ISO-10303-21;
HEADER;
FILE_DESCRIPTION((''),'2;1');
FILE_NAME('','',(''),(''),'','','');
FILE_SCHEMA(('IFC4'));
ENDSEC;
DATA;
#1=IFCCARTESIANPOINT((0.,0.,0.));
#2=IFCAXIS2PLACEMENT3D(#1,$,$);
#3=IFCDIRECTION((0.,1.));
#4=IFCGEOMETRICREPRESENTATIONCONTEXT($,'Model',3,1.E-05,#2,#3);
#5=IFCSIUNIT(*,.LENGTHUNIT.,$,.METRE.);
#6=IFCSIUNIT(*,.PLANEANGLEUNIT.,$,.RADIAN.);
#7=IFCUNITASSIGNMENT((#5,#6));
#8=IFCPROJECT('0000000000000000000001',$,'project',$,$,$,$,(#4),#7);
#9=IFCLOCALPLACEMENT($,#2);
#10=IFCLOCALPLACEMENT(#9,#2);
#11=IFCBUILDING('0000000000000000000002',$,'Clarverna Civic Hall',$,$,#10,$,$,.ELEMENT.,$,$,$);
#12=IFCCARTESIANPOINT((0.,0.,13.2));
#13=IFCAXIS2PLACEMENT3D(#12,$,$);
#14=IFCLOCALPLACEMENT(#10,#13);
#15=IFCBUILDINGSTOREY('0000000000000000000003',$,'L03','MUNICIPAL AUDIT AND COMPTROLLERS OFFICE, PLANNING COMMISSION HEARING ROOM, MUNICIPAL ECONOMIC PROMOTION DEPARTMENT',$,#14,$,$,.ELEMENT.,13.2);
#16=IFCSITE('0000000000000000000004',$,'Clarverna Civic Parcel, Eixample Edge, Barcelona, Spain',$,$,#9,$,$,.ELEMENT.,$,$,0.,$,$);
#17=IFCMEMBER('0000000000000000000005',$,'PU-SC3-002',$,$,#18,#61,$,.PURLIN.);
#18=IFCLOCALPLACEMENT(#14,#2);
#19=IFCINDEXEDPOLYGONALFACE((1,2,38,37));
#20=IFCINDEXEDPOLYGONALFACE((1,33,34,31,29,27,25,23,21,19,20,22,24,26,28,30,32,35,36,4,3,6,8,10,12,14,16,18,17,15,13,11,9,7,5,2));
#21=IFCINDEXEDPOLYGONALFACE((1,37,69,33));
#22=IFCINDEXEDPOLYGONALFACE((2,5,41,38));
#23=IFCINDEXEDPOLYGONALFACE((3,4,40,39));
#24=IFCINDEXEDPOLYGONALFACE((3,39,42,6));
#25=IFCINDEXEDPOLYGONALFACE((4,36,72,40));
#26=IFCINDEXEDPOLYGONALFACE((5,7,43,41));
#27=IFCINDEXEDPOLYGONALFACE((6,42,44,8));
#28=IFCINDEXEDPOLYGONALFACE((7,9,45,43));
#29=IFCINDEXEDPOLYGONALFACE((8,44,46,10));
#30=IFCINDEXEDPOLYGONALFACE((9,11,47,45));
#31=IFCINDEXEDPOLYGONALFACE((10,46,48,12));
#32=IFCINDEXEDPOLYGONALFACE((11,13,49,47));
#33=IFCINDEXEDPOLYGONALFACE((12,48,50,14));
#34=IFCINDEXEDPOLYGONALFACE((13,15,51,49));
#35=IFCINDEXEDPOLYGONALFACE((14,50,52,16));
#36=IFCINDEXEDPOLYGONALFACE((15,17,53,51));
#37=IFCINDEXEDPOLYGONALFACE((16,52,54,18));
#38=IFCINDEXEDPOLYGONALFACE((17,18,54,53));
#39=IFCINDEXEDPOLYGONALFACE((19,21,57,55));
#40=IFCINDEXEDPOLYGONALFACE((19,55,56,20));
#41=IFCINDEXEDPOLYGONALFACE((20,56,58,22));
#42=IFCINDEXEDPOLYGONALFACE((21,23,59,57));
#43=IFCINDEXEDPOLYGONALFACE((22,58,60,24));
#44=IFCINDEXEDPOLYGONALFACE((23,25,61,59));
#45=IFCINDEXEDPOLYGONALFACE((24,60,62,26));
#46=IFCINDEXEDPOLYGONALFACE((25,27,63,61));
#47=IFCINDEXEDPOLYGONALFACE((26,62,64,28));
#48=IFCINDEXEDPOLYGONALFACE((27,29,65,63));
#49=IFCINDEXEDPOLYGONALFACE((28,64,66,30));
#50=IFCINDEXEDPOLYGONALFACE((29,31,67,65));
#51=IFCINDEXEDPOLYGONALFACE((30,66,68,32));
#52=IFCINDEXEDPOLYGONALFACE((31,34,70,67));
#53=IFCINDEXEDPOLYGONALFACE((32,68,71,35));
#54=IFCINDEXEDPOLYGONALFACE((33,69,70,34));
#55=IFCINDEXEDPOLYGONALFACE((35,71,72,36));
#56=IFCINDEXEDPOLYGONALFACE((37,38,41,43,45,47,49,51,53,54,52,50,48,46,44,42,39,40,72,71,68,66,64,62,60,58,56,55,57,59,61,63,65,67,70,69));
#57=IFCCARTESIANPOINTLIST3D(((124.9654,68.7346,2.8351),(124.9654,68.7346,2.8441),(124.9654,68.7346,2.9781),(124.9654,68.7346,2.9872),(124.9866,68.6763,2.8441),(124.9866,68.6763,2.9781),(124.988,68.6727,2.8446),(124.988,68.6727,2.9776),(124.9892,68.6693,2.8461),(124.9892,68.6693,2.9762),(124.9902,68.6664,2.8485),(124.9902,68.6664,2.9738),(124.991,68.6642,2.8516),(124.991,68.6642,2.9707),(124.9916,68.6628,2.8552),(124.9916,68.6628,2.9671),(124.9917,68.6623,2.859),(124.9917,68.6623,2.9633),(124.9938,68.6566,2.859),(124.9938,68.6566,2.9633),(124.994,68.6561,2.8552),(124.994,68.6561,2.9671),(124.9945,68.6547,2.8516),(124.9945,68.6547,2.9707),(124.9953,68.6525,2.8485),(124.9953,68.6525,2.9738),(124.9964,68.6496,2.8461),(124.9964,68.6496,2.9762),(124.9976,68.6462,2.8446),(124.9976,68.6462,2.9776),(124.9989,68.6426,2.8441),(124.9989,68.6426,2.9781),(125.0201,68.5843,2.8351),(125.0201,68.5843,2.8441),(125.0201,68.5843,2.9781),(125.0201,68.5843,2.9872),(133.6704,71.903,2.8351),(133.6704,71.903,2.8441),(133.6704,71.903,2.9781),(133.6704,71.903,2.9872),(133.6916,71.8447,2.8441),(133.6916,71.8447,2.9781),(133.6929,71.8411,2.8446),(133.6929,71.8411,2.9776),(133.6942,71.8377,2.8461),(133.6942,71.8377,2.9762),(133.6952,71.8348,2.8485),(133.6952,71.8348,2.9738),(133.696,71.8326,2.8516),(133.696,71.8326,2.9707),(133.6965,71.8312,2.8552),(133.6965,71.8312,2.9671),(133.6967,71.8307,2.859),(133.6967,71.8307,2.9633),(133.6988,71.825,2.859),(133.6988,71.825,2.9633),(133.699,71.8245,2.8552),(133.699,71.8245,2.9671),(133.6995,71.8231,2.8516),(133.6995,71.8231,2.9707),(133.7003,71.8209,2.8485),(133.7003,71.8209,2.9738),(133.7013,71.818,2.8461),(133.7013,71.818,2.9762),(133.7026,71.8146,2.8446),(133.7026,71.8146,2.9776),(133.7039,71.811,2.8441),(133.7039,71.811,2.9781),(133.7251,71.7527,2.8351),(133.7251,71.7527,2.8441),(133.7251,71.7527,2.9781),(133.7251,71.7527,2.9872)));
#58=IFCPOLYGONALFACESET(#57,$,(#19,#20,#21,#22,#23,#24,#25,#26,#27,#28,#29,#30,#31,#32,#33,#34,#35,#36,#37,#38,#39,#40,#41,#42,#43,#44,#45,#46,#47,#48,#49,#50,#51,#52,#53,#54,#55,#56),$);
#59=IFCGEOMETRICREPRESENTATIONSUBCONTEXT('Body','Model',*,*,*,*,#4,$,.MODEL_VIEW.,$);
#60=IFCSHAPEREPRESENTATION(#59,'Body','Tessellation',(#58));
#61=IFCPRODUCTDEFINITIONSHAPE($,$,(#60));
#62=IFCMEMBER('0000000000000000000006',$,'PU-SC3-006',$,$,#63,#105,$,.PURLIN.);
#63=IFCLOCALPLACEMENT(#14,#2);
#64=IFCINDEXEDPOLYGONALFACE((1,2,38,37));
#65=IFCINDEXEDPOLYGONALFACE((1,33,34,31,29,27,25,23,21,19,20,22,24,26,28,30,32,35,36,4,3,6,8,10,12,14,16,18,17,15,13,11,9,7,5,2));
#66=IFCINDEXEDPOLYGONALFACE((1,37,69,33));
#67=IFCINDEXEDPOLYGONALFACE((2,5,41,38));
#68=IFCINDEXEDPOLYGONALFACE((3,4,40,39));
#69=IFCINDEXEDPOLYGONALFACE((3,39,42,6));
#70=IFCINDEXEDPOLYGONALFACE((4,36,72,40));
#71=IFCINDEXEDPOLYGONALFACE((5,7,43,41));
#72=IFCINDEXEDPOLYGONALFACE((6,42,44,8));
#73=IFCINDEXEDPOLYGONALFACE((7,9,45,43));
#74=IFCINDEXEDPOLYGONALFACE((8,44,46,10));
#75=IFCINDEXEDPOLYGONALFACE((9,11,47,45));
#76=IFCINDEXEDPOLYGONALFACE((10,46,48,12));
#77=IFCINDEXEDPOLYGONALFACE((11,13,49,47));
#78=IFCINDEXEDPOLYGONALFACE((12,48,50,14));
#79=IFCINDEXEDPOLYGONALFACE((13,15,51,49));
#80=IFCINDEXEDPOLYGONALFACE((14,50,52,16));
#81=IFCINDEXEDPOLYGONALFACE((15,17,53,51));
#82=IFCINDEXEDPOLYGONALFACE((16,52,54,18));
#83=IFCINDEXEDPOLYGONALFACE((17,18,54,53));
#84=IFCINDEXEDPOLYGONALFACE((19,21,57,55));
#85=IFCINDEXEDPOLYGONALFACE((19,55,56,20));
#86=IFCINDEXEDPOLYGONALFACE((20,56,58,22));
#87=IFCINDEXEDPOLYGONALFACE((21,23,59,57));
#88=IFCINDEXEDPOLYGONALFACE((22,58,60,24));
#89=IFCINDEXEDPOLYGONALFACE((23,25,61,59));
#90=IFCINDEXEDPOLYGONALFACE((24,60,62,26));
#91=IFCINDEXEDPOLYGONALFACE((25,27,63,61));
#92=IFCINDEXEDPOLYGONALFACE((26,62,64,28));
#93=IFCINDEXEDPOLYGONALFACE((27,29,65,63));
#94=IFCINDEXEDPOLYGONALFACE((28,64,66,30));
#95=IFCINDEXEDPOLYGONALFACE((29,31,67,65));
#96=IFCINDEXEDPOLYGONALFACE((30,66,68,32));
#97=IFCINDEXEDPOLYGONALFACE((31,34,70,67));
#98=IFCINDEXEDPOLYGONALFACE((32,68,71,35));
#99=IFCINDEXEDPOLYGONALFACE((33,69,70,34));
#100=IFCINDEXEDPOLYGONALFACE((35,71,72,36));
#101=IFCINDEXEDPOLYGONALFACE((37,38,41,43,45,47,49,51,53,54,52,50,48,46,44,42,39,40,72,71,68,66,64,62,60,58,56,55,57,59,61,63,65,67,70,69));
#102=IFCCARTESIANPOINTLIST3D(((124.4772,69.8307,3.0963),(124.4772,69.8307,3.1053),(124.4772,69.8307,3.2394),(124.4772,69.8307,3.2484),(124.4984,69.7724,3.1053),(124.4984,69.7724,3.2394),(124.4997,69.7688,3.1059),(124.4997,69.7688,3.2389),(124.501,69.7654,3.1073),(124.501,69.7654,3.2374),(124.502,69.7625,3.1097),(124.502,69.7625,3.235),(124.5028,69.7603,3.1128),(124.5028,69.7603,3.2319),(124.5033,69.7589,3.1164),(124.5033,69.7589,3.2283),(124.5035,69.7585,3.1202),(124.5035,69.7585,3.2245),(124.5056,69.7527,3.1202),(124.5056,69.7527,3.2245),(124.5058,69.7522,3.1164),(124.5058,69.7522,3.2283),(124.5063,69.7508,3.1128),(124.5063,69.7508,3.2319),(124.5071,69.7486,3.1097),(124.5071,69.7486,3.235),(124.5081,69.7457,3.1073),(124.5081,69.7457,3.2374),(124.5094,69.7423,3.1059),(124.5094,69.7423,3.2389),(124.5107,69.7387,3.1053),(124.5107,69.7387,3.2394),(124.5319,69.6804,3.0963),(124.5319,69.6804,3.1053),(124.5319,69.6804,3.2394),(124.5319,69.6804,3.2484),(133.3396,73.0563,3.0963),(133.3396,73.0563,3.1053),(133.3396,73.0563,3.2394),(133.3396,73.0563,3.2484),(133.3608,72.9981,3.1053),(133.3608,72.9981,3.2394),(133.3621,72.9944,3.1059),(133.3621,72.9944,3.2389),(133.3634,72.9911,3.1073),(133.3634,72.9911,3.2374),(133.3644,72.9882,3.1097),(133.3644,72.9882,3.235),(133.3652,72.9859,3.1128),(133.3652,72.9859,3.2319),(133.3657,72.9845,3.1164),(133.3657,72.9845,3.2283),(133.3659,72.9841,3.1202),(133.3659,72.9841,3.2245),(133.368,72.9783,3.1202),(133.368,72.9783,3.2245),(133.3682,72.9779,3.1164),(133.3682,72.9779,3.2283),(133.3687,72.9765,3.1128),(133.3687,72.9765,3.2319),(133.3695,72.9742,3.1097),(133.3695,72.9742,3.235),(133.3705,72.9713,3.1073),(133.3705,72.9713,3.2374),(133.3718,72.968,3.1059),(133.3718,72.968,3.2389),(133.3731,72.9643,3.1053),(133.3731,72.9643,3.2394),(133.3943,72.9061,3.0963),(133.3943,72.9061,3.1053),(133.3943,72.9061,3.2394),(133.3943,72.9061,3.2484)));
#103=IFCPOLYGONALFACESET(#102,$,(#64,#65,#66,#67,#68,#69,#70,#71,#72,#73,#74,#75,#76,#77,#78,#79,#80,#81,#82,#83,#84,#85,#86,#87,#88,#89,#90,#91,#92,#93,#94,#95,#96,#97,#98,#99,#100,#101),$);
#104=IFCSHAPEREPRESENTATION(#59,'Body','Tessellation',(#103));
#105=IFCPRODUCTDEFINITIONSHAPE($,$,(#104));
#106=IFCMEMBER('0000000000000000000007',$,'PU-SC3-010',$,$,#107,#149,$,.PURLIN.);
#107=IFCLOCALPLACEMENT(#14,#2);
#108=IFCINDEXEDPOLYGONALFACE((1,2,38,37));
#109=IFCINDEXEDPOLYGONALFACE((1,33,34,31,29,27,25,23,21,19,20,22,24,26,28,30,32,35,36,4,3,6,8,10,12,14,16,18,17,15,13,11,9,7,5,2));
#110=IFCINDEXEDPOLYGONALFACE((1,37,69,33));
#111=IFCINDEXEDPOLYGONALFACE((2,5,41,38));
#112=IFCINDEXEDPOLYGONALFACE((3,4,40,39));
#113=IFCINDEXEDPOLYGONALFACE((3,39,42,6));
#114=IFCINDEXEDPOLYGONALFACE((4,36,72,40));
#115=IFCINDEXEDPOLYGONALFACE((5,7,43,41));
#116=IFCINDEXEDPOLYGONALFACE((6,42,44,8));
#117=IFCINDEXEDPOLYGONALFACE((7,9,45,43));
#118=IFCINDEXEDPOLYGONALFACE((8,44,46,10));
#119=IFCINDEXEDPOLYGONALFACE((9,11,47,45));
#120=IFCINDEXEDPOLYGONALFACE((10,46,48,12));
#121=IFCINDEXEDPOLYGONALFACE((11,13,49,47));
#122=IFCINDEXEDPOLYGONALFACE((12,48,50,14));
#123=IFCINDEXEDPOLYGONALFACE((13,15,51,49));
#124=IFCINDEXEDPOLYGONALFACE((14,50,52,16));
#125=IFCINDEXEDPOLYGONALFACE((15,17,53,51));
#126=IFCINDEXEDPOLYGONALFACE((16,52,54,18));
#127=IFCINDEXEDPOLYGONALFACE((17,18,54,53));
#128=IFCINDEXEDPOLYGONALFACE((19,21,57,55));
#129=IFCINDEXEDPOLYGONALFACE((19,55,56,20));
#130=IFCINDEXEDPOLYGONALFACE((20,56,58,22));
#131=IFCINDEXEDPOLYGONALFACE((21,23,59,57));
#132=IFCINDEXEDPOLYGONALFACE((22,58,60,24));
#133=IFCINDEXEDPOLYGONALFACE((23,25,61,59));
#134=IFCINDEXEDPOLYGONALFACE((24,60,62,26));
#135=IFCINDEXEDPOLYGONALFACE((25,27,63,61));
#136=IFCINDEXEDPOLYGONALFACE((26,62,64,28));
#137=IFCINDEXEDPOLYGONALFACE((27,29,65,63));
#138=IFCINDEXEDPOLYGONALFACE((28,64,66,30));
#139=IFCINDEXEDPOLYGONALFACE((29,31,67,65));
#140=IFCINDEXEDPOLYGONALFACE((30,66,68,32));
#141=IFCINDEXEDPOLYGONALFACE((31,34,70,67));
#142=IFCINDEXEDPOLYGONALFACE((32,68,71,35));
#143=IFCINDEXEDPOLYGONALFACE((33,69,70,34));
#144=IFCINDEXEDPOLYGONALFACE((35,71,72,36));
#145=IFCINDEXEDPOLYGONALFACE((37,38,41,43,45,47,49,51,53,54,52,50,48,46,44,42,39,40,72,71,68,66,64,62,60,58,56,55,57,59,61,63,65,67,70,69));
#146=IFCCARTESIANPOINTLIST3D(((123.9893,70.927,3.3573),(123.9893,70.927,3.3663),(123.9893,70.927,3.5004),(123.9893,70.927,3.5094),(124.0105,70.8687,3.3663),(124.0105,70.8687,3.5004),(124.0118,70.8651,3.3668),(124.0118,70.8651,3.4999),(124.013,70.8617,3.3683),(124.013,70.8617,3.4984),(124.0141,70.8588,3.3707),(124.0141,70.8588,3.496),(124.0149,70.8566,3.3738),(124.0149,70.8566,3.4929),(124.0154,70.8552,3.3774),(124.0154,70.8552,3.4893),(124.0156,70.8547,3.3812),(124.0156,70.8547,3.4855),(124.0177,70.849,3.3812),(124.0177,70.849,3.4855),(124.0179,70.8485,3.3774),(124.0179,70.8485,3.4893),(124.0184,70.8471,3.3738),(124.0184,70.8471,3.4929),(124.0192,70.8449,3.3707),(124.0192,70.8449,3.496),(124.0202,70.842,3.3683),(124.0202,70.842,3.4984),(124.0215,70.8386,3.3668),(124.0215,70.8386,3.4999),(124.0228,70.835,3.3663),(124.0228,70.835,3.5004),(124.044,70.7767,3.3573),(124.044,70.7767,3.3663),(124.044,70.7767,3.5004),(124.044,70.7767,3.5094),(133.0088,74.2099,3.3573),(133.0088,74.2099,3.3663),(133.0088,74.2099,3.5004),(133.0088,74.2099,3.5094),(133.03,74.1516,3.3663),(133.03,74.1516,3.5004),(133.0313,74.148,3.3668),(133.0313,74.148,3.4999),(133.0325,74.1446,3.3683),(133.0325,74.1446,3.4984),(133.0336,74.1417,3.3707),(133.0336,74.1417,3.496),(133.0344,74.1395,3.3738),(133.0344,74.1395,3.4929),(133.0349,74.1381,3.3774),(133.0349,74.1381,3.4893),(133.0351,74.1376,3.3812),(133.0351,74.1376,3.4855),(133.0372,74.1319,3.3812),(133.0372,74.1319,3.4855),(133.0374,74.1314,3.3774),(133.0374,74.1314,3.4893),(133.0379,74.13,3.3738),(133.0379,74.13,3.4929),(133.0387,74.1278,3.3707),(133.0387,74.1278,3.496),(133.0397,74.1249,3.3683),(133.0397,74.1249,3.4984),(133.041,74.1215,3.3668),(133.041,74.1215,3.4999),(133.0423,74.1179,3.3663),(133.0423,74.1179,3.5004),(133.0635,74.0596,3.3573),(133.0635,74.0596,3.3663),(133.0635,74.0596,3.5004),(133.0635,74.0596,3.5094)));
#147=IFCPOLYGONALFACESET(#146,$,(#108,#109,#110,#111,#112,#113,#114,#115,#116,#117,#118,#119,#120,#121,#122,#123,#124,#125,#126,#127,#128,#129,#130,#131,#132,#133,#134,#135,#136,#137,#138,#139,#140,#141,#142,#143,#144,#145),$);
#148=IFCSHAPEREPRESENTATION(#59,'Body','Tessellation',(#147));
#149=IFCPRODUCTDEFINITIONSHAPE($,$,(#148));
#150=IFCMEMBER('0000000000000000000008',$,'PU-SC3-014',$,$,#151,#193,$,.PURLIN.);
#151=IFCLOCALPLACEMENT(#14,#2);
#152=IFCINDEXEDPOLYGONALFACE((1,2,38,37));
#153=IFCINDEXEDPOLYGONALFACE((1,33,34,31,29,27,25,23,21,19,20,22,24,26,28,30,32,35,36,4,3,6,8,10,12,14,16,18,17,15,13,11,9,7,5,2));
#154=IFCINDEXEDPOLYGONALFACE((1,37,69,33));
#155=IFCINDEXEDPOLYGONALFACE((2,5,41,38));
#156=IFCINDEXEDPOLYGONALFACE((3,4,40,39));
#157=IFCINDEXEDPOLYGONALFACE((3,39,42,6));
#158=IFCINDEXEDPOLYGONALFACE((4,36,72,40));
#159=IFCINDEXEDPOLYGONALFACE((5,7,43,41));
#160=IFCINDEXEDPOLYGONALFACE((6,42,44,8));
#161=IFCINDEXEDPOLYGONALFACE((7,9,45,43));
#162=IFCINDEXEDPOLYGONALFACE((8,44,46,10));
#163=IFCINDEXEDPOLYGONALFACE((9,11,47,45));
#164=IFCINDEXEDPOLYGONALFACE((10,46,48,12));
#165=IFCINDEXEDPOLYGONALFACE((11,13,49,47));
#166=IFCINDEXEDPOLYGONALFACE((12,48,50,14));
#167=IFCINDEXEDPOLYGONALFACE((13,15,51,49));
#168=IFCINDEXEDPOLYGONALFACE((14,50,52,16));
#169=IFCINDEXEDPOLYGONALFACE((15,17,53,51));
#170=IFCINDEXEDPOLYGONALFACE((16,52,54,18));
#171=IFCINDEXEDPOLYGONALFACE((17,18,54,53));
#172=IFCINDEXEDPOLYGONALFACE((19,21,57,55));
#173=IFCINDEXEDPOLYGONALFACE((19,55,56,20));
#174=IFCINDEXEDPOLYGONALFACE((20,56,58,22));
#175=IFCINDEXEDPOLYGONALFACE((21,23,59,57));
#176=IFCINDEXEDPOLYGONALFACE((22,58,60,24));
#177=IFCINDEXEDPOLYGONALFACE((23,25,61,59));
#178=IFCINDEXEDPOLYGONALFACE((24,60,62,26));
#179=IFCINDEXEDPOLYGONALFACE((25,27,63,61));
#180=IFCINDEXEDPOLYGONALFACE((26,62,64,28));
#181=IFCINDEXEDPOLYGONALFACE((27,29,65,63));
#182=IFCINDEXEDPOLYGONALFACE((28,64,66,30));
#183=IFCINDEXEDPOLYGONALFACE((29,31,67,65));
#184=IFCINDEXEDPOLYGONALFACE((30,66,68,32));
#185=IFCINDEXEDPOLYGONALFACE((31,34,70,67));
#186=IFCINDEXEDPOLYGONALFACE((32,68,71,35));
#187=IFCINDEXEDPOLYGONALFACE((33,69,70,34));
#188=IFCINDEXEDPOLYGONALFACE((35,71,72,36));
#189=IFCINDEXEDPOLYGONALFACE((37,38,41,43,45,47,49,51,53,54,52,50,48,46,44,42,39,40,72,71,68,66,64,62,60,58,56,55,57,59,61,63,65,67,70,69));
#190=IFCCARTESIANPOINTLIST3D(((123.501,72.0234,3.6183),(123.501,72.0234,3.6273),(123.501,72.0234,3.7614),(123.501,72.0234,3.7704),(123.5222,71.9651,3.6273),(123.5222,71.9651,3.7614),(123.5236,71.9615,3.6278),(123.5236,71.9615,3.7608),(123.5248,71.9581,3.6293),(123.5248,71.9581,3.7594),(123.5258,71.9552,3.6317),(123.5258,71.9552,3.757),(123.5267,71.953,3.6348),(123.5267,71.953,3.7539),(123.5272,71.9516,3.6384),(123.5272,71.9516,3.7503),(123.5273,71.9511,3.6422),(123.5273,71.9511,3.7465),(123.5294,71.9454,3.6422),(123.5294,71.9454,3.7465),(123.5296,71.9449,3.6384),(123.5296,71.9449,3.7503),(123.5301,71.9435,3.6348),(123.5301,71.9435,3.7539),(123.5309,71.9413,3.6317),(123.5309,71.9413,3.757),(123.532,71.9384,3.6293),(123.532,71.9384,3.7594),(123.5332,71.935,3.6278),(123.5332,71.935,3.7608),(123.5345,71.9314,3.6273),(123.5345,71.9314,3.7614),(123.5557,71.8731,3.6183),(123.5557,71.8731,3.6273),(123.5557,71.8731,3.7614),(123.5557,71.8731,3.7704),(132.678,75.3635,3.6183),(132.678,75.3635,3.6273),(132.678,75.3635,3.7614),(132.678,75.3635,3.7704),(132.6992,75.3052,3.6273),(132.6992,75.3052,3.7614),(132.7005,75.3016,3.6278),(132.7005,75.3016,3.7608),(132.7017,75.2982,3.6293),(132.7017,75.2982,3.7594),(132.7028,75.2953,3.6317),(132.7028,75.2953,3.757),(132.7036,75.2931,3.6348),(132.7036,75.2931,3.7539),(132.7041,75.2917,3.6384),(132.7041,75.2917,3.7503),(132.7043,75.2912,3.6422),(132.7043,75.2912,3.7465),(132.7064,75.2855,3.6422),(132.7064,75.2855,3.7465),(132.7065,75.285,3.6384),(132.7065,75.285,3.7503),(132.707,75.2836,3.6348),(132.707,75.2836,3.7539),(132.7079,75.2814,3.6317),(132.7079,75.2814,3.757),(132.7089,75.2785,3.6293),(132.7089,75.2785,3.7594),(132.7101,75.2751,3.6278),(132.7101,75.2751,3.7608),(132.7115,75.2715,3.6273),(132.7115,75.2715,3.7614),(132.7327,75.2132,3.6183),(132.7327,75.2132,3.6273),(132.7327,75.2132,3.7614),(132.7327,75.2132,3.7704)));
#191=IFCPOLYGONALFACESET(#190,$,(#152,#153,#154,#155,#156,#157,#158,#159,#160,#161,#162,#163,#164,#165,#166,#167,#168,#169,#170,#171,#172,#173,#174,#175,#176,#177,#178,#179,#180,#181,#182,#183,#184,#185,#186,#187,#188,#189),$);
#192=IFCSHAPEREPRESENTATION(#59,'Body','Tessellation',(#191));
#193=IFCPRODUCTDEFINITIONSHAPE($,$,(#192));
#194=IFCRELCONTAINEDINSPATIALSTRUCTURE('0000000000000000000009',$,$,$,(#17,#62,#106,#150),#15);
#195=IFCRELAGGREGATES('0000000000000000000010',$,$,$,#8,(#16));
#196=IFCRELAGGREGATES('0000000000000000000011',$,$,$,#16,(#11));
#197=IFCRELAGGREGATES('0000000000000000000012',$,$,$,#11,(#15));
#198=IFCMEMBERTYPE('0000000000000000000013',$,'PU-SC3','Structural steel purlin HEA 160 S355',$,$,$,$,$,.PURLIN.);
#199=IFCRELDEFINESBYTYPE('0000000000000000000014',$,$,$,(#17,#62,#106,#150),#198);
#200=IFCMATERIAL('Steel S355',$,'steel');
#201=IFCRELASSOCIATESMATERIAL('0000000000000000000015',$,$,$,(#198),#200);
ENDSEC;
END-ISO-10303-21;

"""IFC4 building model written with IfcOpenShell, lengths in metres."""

from ifc_helpers import new_model, si_unit, direction, frame, origin, origin_2d, place, context, subcontext, project, spatial, i_section, extrude, material, material_profile, profile_set, type_object, element, save


model = new_model("IFC4")

# Units and contexts
model_context = context("Model", 3, precision=1e-05, world=origin(), true_north=direction((0.0, 1.0)))
body_context = subcontext(model_context, "Body", "Model", "MODEL_VIEW")
ifc_project = project(units=[si_unit("LENGTHUNIT", "METRE"), si_unit("PLANEANGLEUNIT", "RADIAN")], contexts=[model_context])

# Site, building, storey
site_placement = place(None, origin())
site = spatial("IfcSite", under=ifc_project, at=site_placement, Name="Clarverna Civic Parcel, Eixample Edge, Barcelona, Spain", CompositionType="ELEMENT", RefElevation=0.0)
building_placement = place(site_placement, origin())
building = spatial("IfcBuilding", under=site, at=building_placement, Name="Clarverna Civic Hall", CompositionType="ELEMENT")
storey_placement = place(building_placement, frame((0.0, 0.0, 13.2)))
storey = spatial("IfcBuildingStorey", under=building, at=storey_placement, Name="L03", Description="MUNICIPAL AUDIT AND COMPTROLLERS OFFICE, PLANNING COMMISSION HEARING ROOM, MUNICIPAL ECONOMIC PROMOTION DEPARTMENT", CompositionType="ELEMENT", Elevation=13.2)

# Shared definitions
ifc_material_1 = material(Name="Steel S355", Category="steel")

# Members
ifc_material_profile_1 = material_profile(ifc_material_1, i_section(OverallWidth=0.1599, OverallDepth=0.1521, WebThickness=0.0061, FlangeThickness=0.009, FilletRadius=0.0149, at=origin_2d()), Name="HEA 160")
ifc_profile_set_1 = profile_set([ifc_material_profile_1], Name="Steel S355")
member_type_1 = type_object("IfcMemberType", Name="PU-SC3", Description="Structural steel purlin HEA 160 S355", PredefinedType="PURLIN", material=ifc_profile_set_1)
member_1_placement = place(storey_placement, frame((133.6978, 71.8279, 2.9111), z_axis=(-0.93969, -0.342027, 0.0), x_axis=(0.342027, -0.93969, 0.0)))
element("IfcMember", 1, at=member_1_placement, inside=storey, type_object=member_type_1, Name="PU-SC3-002", PredefinedType="PURLIN", context=body_context, shape_type="SweptSolid", body=[
    extrude(i_section(OverallWidth=0.1599, OverallDepth=0.1521, WebThickness=0.0061, FlangeThickness=0.009, FilletRadius=0.0149, at=origin_2d()), origin(), (0.0, 0.0, 1.0), 9.2637),
])
member_2_placement = place(storey_placement, frame((133.3669, 72.9812, 3.1724), z_axis=(-0.939694, -0.342017, 0.0), x_axis=(0.342017, -0.939694, 0.0)))
element("IfcMember", 2, at=member_2_placement, inside=storey, type_object=member_type_1, Name="PU-SC3-006", PredefinedType="PURLIN", context=body_context, shape_type="SweptSolid", body=[
    extrude(i_section(OverallWidth=0.1599, OverallDepth=0.1521, WebThickness=0.0061, FlangeThickness=0.009, FilletRadius=0.0149, at=origin_2d()), origin(), (0.0, 0.0, 1.0), 9.4312),
])
member_3_placement = place(storey_placement, frame((133.0361, 74.1348, 3.4333), z_axis=(-0.939689, -0.342031, 0.0), x_axis=(0.342031, -0.939689, 0.0)))
element("IfcMember", 3, at=member_3_placement, inside=storey, type_object=member_type_1, Name="PU-SC3-010", PredefinedType="PURLIN", context=body_context, shape_type="SweptSolid", body=[
    extrude(i_section(OverallWidth=0.1599, OverallDepth=0.1521, WebThickness=0.0061, FlangeThickness=0.009, FilletRadius=0.0149, at=origin_2d()), origin(), (0.0, 0.0, 1.0), 9.5984),
])
member_4_placement = place(storey_placement, frame((132.7053, 75.2883, 3.6943), z_axis=(-0.939695, -0.342014, 0.0), x_axis=(0.342014, -0.939695, 0.0)))
element("IfcMember", 4, at=member_4_placement, inside=storey, type_object=member_type_1, Name="PU-SC3-014", PredefinedType="PURLIN", context=body_context, shape_type="SweptSolid", body=[
    extrude(i_section(OverallWidth=0.1599, OverallDepth=0.1521, WebThickness=0.0061, FlangeThickness=0.009, FilletRadius=0.0149, at=origin_2d()), origin(), (0.0, 0.0, 1.0), 9.7659),
])

save(model, "model.ifc")
